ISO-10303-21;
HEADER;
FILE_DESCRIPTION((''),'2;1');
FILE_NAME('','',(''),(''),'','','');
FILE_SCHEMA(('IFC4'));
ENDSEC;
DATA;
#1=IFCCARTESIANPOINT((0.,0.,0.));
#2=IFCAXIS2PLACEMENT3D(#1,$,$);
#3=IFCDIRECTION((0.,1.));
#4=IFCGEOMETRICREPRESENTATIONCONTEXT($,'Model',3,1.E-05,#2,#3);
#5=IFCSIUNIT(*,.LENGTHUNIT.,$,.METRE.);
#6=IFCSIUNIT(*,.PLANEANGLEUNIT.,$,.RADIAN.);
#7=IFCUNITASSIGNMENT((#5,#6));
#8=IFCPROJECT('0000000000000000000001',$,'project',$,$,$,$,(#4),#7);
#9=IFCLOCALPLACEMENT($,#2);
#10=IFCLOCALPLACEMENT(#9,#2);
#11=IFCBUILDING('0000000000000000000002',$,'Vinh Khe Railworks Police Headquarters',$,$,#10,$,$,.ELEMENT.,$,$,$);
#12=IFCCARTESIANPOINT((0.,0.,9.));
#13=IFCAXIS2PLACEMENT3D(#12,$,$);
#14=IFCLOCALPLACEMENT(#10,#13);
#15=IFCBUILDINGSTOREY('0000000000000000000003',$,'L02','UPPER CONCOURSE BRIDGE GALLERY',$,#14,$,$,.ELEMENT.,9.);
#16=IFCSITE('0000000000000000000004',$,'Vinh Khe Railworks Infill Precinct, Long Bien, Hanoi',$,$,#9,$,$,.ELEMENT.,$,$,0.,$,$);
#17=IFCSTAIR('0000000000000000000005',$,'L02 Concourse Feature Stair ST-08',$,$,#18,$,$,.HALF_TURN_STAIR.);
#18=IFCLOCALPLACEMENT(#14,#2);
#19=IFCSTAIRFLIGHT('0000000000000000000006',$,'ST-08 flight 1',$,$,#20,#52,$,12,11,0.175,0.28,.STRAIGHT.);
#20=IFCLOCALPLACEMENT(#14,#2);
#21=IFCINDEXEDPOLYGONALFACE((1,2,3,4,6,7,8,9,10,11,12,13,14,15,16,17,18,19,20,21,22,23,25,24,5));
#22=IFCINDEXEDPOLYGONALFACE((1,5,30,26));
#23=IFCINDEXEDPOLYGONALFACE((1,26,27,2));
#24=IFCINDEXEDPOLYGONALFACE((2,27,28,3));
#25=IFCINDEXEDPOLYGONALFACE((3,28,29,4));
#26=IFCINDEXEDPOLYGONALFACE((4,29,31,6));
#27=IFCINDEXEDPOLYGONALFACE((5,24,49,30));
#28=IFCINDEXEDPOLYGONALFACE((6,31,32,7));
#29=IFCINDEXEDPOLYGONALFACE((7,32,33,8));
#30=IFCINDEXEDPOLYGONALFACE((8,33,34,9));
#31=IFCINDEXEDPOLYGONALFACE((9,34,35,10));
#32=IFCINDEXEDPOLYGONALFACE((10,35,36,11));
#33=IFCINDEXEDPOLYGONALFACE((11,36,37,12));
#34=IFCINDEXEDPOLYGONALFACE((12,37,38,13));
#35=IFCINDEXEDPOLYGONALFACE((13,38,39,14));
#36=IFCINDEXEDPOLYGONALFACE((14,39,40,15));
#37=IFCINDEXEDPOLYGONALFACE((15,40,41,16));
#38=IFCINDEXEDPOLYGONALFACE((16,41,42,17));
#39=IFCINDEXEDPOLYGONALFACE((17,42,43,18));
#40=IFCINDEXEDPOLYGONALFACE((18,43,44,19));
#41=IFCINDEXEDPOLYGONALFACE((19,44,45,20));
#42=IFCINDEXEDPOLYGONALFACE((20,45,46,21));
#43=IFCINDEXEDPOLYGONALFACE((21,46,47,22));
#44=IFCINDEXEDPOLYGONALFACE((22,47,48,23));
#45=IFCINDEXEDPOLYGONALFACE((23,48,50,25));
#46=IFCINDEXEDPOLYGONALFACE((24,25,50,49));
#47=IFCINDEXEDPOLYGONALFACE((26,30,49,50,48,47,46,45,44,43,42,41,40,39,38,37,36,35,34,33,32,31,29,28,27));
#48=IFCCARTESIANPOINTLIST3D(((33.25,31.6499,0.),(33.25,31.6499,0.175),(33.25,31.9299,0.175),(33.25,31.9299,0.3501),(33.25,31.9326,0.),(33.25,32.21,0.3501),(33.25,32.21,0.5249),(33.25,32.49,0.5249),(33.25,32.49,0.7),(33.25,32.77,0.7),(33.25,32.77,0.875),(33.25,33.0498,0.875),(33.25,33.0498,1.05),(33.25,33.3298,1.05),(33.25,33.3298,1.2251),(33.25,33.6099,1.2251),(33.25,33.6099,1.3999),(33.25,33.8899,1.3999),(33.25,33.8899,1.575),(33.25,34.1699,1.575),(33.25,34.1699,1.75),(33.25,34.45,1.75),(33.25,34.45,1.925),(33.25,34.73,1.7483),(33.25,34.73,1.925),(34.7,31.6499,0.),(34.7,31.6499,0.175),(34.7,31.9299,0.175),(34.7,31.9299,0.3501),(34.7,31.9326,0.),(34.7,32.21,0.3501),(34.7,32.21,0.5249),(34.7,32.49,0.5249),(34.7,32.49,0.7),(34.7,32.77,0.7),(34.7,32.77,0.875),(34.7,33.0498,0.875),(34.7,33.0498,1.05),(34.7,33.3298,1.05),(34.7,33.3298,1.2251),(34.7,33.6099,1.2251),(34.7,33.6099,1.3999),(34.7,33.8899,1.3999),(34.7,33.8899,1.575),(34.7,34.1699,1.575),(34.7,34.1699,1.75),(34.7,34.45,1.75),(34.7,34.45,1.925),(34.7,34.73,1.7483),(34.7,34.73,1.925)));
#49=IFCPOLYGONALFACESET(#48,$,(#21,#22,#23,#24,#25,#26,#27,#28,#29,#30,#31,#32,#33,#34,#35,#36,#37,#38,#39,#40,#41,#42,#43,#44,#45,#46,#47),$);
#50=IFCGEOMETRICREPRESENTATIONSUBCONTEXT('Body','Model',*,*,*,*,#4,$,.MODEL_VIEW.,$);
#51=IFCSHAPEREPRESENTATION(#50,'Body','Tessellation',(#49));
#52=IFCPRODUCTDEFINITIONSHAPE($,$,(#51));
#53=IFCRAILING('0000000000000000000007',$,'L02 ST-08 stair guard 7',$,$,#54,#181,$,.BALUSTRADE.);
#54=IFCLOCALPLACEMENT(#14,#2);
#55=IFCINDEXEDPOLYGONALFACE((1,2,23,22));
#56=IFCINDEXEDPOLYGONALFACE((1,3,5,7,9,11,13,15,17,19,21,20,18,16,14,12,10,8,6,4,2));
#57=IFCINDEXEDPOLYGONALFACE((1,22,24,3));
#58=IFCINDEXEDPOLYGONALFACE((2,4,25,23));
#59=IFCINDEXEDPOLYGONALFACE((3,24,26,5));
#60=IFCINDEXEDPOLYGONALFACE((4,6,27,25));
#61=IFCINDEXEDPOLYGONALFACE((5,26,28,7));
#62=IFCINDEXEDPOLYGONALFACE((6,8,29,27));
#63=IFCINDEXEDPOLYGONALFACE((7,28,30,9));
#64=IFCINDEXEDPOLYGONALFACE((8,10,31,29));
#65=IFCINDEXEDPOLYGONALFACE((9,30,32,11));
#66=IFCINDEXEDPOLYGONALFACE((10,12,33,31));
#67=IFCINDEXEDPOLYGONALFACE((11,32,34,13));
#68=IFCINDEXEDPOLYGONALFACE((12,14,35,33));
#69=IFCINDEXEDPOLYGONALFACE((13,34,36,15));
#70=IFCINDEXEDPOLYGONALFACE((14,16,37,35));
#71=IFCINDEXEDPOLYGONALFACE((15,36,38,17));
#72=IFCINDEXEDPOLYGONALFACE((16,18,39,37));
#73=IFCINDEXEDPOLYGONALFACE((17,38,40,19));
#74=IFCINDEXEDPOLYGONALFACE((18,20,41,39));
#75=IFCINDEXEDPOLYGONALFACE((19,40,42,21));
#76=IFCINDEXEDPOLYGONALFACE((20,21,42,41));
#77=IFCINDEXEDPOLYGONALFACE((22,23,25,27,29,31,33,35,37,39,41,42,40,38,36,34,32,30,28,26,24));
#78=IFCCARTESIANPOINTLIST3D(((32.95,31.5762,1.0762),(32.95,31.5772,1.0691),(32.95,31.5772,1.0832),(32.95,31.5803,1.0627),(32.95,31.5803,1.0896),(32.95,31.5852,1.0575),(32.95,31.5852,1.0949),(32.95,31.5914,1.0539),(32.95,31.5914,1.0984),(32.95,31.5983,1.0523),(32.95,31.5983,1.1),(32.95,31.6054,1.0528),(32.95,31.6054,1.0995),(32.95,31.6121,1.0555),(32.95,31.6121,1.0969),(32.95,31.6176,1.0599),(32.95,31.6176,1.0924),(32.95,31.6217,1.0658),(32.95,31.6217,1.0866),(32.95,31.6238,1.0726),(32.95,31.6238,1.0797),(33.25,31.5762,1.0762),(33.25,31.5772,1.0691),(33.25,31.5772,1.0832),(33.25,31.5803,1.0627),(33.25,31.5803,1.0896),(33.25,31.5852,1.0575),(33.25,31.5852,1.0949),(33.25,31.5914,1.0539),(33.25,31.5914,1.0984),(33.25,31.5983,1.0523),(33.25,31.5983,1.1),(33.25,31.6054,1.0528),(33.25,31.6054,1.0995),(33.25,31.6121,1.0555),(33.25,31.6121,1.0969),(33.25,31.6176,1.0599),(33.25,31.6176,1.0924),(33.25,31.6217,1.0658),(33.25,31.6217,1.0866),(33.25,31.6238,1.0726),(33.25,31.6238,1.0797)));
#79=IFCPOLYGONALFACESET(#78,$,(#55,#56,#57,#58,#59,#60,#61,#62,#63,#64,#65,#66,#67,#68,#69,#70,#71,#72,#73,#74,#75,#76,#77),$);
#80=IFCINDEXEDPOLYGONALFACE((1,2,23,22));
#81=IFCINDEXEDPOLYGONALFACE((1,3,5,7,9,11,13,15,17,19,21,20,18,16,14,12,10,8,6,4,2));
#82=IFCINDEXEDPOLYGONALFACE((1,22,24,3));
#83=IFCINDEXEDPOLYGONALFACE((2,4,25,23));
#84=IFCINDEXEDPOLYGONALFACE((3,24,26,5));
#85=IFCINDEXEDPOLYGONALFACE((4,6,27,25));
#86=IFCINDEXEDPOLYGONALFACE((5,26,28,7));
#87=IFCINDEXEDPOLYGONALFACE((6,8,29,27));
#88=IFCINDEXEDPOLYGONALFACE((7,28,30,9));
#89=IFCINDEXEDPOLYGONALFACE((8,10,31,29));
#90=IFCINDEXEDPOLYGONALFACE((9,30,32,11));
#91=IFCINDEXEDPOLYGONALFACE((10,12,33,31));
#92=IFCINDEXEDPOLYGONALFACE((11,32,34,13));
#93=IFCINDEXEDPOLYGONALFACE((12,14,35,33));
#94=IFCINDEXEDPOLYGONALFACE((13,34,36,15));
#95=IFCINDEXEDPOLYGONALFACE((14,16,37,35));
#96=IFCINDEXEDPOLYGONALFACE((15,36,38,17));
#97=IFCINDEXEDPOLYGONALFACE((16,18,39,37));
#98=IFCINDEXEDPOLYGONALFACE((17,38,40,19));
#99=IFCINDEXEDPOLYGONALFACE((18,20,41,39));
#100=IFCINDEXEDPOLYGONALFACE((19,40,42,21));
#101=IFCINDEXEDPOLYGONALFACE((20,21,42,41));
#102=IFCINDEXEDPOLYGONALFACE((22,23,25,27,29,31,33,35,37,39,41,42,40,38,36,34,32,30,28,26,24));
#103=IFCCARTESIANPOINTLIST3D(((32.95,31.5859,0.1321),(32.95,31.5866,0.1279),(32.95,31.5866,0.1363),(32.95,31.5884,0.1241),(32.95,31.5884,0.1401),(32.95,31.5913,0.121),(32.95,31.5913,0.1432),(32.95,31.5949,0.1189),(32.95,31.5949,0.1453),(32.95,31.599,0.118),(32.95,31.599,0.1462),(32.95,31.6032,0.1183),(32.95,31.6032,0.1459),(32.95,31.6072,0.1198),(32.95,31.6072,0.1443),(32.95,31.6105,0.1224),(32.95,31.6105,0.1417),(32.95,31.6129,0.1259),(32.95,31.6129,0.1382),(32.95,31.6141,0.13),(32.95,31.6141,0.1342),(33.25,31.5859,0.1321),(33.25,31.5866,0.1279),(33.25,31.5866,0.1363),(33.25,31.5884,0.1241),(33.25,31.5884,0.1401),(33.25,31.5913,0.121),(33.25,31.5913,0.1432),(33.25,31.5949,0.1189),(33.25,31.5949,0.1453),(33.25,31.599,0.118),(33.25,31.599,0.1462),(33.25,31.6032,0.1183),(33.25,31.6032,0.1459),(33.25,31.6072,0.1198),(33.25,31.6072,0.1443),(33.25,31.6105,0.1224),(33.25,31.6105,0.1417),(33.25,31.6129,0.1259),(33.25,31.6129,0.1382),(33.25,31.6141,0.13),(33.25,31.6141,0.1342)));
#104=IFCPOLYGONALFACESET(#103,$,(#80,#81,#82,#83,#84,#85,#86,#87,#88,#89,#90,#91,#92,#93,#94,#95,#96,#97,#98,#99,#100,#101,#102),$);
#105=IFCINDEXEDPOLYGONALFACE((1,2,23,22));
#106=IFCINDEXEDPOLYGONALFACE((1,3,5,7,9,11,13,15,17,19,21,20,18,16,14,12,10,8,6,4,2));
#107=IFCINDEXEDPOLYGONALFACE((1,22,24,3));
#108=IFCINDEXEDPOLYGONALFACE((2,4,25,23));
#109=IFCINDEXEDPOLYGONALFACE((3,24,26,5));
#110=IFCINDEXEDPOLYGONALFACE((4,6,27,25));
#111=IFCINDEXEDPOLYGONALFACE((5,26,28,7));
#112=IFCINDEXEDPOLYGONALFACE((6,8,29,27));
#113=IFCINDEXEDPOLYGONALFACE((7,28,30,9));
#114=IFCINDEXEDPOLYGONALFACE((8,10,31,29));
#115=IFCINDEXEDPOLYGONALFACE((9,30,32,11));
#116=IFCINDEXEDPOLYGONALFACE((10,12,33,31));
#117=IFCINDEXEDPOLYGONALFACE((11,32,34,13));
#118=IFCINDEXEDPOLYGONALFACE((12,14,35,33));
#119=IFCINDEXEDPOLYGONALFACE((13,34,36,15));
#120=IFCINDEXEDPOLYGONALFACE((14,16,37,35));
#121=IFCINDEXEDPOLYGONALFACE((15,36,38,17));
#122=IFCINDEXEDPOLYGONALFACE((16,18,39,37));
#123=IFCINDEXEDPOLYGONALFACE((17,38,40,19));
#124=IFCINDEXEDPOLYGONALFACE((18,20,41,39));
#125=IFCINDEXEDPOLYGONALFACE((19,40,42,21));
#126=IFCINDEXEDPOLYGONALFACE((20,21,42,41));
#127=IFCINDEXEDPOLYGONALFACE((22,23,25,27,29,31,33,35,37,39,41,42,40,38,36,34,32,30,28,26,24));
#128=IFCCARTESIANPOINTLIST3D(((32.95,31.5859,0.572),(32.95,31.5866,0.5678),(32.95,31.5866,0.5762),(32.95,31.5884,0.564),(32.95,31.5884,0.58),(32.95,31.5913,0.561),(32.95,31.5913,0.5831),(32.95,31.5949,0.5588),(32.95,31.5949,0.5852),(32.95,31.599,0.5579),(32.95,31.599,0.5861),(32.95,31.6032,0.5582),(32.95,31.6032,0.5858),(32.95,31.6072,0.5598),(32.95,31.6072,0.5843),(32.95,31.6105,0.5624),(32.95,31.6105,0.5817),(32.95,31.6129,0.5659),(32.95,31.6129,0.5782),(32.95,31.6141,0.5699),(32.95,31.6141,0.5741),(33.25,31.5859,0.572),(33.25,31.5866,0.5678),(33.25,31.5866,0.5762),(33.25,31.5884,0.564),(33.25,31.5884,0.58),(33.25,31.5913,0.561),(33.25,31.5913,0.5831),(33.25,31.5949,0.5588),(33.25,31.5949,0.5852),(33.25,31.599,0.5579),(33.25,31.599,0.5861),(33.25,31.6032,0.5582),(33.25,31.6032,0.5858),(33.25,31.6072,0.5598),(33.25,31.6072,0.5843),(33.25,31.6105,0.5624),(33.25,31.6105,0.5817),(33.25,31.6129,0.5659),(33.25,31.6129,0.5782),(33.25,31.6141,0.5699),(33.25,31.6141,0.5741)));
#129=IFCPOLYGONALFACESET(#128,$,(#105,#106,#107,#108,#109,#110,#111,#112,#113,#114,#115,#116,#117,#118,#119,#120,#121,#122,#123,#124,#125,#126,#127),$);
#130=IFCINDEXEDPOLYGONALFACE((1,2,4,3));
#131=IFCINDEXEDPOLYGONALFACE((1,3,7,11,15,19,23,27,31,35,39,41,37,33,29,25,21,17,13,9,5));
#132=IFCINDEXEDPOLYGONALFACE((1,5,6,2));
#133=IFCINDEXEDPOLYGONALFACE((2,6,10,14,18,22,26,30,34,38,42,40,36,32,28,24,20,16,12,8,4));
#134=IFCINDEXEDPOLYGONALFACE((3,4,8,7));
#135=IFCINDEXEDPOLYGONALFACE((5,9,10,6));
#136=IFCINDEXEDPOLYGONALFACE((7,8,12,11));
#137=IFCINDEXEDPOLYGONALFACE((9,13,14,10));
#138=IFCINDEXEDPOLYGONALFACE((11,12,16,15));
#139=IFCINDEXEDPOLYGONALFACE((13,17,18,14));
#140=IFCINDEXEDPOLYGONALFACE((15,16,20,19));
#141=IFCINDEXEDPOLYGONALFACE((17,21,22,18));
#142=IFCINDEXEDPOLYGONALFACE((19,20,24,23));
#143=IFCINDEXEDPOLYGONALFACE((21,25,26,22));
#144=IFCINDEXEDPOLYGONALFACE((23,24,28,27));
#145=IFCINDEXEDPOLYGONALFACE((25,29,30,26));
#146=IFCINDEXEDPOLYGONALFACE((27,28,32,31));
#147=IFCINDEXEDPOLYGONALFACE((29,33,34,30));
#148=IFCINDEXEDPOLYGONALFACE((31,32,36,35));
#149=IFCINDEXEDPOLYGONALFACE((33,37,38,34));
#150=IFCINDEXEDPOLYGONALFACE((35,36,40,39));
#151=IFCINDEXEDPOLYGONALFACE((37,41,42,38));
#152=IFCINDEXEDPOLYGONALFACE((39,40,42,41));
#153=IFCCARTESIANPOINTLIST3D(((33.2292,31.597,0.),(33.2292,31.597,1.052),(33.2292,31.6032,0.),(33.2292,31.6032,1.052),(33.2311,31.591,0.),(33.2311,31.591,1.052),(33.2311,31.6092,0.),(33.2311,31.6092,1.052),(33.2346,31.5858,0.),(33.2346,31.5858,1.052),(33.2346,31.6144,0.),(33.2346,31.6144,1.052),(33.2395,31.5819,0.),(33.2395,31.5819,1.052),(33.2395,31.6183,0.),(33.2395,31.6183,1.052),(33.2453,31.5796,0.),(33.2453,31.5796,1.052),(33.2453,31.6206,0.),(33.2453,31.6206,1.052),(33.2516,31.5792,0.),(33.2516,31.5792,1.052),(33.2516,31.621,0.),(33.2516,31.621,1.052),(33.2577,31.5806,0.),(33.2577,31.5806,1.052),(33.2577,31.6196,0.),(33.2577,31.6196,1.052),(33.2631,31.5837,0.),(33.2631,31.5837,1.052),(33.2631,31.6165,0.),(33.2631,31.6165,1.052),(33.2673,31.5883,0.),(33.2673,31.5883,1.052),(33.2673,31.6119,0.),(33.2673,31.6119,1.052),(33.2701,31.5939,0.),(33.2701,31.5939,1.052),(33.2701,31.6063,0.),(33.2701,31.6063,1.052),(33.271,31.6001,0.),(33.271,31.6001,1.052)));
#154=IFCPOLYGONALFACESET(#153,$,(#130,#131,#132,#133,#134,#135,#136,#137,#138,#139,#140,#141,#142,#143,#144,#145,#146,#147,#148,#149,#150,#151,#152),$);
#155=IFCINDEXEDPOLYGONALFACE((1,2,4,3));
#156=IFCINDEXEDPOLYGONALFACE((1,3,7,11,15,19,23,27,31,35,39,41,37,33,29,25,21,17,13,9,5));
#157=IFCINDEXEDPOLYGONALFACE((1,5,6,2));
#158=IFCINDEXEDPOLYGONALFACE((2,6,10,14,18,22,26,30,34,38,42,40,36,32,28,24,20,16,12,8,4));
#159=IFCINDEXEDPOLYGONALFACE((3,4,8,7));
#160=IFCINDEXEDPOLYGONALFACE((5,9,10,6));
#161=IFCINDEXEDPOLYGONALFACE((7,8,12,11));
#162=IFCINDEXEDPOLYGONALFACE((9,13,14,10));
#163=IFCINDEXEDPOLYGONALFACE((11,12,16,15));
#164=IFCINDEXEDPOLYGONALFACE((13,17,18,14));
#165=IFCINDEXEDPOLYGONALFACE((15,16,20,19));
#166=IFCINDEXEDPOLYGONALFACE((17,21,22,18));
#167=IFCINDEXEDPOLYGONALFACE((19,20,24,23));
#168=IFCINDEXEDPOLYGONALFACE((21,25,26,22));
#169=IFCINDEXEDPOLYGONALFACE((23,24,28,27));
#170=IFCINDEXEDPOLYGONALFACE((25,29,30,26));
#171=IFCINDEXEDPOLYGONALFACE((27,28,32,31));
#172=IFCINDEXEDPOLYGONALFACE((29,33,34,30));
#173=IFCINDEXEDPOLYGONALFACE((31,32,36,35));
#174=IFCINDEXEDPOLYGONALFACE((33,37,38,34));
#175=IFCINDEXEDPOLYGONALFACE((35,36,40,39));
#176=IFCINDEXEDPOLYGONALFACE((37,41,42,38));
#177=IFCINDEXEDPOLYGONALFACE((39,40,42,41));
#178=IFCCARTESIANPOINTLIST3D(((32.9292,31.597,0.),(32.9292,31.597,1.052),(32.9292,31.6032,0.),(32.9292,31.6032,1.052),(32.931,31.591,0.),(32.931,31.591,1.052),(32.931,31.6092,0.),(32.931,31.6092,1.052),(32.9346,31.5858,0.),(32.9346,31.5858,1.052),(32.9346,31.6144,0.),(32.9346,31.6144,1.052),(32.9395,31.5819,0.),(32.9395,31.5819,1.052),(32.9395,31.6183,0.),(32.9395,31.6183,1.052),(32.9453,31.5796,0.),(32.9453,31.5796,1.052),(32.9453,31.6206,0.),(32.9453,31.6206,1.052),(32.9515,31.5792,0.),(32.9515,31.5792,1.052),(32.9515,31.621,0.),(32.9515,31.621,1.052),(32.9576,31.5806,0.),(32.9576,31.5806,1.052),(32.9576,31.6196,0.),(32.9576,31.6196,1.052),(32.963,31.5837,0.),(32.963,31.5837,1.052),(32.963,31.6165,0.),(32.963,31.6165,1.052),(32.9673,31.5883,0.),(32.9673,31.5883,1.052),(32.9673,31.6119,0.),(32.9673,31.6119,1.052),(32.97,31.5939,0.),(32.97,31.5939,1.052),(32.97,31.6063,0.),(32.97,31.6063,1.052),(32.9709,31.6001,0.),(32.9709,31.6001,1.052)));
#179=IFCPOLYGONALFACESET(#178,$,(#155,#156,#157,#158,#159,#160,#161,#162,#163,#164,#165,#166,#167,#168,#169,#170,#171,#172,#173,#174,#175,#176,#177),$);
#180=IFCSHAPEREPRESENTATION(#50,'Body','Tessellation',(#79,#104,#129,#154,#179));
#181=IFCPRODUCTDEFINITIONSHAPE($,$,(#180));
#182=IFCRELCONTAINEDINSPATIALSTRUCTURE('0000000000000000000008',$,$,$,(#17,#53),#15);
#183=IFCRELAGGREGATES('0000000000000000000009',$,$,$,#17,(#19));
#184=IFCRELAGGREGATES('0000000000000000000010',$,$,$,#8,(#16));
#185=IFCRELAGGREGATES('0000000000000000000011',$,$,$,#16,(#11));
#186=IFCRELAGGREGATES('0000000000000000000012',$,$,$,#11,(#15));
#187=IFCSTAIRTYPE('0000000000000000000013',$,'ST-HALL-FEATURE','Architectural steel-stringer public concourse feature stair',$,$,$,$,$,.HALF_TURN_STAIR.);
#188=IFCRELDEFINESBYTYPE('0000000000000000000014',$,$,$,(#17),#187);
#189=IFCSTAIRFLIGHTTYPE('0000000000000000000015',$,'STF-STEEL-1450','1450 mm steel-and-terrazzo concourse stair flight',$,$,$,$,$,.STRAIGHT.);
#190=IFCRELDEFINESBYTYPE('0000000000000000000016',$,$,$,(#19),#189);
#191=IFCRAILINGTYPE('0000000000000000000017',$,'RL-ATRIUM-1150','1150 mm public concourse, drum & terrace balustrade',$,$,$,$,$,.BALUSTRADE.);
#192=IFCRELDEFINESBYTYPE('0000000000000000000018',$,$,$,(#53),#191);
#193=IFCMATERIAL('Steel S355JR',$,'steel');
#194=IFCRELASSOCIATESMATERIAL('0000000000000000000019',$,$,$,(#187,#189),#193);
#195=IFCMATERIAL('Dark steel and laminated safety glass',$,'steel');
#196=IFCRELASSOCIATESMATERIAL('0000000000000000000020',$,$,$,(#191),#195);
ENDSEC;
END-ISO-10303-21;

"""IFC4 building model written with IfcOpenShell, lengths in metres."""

from ifc_helpers import new_model, si_unit, direction, frame, origin, origin_2d, place, context, subcontext, project, spatial, polyline, circle, outline, extrude, material, type_object, element, aggregate, save


model = new_model("IFC4")

# Units and contexts
model_context = context("Model", 3, precision=1e-05, world=origin(), true_north=direction((0.0, 1.0)))
body_context = subcontext(model_context, "Body", "Model", "MODEL_VIEW")
ifc_project = project(units=[si_unit("LENGTHUNIT", "METRE"), si_unit("PLANEANGLEUNIT", "RADIAN")], contexts=[model_context])

# Site, building, storey
site_placement = place(None, origin())
site = spatial("IfcSite", under=ifc_project, at=site_placement, Name="Vinh Khe Railworks Infill Precinct, Long Bien, Hanoi", CompositionType="ELEMENT", RefElevation=0.0)
building_placement = place(site_placement, origin())
building = spatial("IfcBuilding", under=site, at=building_placement, Name="Vinh Khe Railworks Police Headquarters", CompositionType="ELEMENT")
storey_placement = place(building_placement, frame((0.0, 0.0, 9.0)))
storey = spatial("IfcBuildingStorey", under=building, at=storey_placement, Name="L02", Description="UPPER CONCOURSE BRIDGE GALLERY", CompositionType="ELEMENT", Elevation=9.0)

# Stair, stair flight
ifc_material_1 = material(Name="Steel S355JR", Category="steel")
stair_type = type_object("IfcStairType", Name="ST-HALL-FEATURE", Description="Architectural steel-stringer public concourse feature stair", PredefinedType="HALF_TURN_STAIR", material=ifc_material_1)
stair_placement = place(storey_placement, origin())
stair = element("IfcStair", 1, at=stair_placement, inside=storey, type_object=stair_type, Name="L02 Concourse Feature Stair ST-08", PredefinedType="HALF_TURN_STAIR")
stair_flight_type = type_object("IfcStairFlightType", Name="STF-STEEL-1450", Description="1450 mm steel-and-terrazzo concourse stair flight", PredefinedType="STRAIGHT", material=ifc_material_1)
stair_flight_placement = place(storey_placement, frame((33.9751, 31.6499, 0.0), z_axis=(0.0, 0.0, 1.0), x_axis=(0.0, 1.0, 0.0)))
stair_flight = element("IfcStairFlight", 2, at=stair_flight_placement, type_object=stair_flight_type, Name="ST-08 flight 1", NumberOfRisers=12, NumberOfTreads=11, PredefinedType="STRAIGHT", RiserHeight=0.175, TreadLength=0.28, context=body_context, shape_type="SweptSolid", body=[
    extrude(outline(polyline([(0.0, 0.0), (0.0, 0.175), (0.28, 0.175), (0.28, 0.3501), (0.5601, 0.3501), (0.5601, 0.5249), (0.8401, 0.5249), (0.8401, 0.7), (1.1201, 0.7), (1.1201, 0.875), (1.3999, 0.875), (1.3999, 1.05), (1.6799, 1.05), (1.6799, 1.2251), (1.96, 1.2251), (1.96, 1.3999), (2.24, 1.3999), (2.24, 1.575), (2.52, 1.575), (2.52, 1.75), (2.8, 1.75), (2.8, 1.925), (3.0801, 1.925), (3.0801, 2.1001), (3.0801, 1.7483), (0.2827, 0.0), (0.0, 0.0)])), frame((0.0, 0.7251, 0.0), z_axis=(0.0, -1.0, 0.0), x_axis=(1.0, 0.0, 0.0)), (0.0, 0.0, 1.0), 1.45),
])
aggregate(stair, [stair_flight])

# Railing
ifc_material_2 = material(Name="Dark steel and laminated safety glass", Category="steel")
railing_type = type_object("IfcRailingType", Name="RL-ATRIUM-1150", Description="1150 mm public concourse, drum & terrace balustrade", PredefinedType="BALUSTRADE", material=ifc_material_2)
railing_1_placement = place(storey_placement, frame((33.25, 31.6001, 0.0)))
element("IfcRailing", 3, at=railing_1_placement, inside=storey, type_object=railing_type, Name="L02 ST-08 stair guard 7", PredefinedType="BALUSTRADE", context=body_context, shape_type="SweptSolid", body=[
    extrude(circle(Radius=0.0239, at=origin_2d()), frame((0.0, 0.0, 1.0762), z_axis=(-1.0, 0.0, 0.0), x_axis=(0.0, -1.0, 0.0)), (0.0, 0.0, 1.0), 0.3),
    extrude(circle(Radius=0.0142, at=origin_2d()), frame((0.0, 0.0, 0.1321), z_axis=(-1.0, 0.0, 0.0), x_axis=(0.0, -1.0, 0.0)), (0.0, 0.0, 1.0), 0.3),
    extrude(circle(Radius=0.0142, at=origin_2d()), frame((0.0, 0.0, 0.572), z_axis=(-1.0, 0.0, 0.0), x_axis=(0.0, -1.0, 0.0)), (0.0, 0.0, 1.0), 0.3),
    extrude(circle(Radius=0.021, at=origin_2d()), origin(), (0.0, 0.0, 1.0), 1.052),
    extrude(circle(Radius=0.021, at=origin_2d()), frame((-0.3, 0.0, 0.0)), (0.0, 0.0, 1.0), 1.052),
])

save(model, "model.ifc")
